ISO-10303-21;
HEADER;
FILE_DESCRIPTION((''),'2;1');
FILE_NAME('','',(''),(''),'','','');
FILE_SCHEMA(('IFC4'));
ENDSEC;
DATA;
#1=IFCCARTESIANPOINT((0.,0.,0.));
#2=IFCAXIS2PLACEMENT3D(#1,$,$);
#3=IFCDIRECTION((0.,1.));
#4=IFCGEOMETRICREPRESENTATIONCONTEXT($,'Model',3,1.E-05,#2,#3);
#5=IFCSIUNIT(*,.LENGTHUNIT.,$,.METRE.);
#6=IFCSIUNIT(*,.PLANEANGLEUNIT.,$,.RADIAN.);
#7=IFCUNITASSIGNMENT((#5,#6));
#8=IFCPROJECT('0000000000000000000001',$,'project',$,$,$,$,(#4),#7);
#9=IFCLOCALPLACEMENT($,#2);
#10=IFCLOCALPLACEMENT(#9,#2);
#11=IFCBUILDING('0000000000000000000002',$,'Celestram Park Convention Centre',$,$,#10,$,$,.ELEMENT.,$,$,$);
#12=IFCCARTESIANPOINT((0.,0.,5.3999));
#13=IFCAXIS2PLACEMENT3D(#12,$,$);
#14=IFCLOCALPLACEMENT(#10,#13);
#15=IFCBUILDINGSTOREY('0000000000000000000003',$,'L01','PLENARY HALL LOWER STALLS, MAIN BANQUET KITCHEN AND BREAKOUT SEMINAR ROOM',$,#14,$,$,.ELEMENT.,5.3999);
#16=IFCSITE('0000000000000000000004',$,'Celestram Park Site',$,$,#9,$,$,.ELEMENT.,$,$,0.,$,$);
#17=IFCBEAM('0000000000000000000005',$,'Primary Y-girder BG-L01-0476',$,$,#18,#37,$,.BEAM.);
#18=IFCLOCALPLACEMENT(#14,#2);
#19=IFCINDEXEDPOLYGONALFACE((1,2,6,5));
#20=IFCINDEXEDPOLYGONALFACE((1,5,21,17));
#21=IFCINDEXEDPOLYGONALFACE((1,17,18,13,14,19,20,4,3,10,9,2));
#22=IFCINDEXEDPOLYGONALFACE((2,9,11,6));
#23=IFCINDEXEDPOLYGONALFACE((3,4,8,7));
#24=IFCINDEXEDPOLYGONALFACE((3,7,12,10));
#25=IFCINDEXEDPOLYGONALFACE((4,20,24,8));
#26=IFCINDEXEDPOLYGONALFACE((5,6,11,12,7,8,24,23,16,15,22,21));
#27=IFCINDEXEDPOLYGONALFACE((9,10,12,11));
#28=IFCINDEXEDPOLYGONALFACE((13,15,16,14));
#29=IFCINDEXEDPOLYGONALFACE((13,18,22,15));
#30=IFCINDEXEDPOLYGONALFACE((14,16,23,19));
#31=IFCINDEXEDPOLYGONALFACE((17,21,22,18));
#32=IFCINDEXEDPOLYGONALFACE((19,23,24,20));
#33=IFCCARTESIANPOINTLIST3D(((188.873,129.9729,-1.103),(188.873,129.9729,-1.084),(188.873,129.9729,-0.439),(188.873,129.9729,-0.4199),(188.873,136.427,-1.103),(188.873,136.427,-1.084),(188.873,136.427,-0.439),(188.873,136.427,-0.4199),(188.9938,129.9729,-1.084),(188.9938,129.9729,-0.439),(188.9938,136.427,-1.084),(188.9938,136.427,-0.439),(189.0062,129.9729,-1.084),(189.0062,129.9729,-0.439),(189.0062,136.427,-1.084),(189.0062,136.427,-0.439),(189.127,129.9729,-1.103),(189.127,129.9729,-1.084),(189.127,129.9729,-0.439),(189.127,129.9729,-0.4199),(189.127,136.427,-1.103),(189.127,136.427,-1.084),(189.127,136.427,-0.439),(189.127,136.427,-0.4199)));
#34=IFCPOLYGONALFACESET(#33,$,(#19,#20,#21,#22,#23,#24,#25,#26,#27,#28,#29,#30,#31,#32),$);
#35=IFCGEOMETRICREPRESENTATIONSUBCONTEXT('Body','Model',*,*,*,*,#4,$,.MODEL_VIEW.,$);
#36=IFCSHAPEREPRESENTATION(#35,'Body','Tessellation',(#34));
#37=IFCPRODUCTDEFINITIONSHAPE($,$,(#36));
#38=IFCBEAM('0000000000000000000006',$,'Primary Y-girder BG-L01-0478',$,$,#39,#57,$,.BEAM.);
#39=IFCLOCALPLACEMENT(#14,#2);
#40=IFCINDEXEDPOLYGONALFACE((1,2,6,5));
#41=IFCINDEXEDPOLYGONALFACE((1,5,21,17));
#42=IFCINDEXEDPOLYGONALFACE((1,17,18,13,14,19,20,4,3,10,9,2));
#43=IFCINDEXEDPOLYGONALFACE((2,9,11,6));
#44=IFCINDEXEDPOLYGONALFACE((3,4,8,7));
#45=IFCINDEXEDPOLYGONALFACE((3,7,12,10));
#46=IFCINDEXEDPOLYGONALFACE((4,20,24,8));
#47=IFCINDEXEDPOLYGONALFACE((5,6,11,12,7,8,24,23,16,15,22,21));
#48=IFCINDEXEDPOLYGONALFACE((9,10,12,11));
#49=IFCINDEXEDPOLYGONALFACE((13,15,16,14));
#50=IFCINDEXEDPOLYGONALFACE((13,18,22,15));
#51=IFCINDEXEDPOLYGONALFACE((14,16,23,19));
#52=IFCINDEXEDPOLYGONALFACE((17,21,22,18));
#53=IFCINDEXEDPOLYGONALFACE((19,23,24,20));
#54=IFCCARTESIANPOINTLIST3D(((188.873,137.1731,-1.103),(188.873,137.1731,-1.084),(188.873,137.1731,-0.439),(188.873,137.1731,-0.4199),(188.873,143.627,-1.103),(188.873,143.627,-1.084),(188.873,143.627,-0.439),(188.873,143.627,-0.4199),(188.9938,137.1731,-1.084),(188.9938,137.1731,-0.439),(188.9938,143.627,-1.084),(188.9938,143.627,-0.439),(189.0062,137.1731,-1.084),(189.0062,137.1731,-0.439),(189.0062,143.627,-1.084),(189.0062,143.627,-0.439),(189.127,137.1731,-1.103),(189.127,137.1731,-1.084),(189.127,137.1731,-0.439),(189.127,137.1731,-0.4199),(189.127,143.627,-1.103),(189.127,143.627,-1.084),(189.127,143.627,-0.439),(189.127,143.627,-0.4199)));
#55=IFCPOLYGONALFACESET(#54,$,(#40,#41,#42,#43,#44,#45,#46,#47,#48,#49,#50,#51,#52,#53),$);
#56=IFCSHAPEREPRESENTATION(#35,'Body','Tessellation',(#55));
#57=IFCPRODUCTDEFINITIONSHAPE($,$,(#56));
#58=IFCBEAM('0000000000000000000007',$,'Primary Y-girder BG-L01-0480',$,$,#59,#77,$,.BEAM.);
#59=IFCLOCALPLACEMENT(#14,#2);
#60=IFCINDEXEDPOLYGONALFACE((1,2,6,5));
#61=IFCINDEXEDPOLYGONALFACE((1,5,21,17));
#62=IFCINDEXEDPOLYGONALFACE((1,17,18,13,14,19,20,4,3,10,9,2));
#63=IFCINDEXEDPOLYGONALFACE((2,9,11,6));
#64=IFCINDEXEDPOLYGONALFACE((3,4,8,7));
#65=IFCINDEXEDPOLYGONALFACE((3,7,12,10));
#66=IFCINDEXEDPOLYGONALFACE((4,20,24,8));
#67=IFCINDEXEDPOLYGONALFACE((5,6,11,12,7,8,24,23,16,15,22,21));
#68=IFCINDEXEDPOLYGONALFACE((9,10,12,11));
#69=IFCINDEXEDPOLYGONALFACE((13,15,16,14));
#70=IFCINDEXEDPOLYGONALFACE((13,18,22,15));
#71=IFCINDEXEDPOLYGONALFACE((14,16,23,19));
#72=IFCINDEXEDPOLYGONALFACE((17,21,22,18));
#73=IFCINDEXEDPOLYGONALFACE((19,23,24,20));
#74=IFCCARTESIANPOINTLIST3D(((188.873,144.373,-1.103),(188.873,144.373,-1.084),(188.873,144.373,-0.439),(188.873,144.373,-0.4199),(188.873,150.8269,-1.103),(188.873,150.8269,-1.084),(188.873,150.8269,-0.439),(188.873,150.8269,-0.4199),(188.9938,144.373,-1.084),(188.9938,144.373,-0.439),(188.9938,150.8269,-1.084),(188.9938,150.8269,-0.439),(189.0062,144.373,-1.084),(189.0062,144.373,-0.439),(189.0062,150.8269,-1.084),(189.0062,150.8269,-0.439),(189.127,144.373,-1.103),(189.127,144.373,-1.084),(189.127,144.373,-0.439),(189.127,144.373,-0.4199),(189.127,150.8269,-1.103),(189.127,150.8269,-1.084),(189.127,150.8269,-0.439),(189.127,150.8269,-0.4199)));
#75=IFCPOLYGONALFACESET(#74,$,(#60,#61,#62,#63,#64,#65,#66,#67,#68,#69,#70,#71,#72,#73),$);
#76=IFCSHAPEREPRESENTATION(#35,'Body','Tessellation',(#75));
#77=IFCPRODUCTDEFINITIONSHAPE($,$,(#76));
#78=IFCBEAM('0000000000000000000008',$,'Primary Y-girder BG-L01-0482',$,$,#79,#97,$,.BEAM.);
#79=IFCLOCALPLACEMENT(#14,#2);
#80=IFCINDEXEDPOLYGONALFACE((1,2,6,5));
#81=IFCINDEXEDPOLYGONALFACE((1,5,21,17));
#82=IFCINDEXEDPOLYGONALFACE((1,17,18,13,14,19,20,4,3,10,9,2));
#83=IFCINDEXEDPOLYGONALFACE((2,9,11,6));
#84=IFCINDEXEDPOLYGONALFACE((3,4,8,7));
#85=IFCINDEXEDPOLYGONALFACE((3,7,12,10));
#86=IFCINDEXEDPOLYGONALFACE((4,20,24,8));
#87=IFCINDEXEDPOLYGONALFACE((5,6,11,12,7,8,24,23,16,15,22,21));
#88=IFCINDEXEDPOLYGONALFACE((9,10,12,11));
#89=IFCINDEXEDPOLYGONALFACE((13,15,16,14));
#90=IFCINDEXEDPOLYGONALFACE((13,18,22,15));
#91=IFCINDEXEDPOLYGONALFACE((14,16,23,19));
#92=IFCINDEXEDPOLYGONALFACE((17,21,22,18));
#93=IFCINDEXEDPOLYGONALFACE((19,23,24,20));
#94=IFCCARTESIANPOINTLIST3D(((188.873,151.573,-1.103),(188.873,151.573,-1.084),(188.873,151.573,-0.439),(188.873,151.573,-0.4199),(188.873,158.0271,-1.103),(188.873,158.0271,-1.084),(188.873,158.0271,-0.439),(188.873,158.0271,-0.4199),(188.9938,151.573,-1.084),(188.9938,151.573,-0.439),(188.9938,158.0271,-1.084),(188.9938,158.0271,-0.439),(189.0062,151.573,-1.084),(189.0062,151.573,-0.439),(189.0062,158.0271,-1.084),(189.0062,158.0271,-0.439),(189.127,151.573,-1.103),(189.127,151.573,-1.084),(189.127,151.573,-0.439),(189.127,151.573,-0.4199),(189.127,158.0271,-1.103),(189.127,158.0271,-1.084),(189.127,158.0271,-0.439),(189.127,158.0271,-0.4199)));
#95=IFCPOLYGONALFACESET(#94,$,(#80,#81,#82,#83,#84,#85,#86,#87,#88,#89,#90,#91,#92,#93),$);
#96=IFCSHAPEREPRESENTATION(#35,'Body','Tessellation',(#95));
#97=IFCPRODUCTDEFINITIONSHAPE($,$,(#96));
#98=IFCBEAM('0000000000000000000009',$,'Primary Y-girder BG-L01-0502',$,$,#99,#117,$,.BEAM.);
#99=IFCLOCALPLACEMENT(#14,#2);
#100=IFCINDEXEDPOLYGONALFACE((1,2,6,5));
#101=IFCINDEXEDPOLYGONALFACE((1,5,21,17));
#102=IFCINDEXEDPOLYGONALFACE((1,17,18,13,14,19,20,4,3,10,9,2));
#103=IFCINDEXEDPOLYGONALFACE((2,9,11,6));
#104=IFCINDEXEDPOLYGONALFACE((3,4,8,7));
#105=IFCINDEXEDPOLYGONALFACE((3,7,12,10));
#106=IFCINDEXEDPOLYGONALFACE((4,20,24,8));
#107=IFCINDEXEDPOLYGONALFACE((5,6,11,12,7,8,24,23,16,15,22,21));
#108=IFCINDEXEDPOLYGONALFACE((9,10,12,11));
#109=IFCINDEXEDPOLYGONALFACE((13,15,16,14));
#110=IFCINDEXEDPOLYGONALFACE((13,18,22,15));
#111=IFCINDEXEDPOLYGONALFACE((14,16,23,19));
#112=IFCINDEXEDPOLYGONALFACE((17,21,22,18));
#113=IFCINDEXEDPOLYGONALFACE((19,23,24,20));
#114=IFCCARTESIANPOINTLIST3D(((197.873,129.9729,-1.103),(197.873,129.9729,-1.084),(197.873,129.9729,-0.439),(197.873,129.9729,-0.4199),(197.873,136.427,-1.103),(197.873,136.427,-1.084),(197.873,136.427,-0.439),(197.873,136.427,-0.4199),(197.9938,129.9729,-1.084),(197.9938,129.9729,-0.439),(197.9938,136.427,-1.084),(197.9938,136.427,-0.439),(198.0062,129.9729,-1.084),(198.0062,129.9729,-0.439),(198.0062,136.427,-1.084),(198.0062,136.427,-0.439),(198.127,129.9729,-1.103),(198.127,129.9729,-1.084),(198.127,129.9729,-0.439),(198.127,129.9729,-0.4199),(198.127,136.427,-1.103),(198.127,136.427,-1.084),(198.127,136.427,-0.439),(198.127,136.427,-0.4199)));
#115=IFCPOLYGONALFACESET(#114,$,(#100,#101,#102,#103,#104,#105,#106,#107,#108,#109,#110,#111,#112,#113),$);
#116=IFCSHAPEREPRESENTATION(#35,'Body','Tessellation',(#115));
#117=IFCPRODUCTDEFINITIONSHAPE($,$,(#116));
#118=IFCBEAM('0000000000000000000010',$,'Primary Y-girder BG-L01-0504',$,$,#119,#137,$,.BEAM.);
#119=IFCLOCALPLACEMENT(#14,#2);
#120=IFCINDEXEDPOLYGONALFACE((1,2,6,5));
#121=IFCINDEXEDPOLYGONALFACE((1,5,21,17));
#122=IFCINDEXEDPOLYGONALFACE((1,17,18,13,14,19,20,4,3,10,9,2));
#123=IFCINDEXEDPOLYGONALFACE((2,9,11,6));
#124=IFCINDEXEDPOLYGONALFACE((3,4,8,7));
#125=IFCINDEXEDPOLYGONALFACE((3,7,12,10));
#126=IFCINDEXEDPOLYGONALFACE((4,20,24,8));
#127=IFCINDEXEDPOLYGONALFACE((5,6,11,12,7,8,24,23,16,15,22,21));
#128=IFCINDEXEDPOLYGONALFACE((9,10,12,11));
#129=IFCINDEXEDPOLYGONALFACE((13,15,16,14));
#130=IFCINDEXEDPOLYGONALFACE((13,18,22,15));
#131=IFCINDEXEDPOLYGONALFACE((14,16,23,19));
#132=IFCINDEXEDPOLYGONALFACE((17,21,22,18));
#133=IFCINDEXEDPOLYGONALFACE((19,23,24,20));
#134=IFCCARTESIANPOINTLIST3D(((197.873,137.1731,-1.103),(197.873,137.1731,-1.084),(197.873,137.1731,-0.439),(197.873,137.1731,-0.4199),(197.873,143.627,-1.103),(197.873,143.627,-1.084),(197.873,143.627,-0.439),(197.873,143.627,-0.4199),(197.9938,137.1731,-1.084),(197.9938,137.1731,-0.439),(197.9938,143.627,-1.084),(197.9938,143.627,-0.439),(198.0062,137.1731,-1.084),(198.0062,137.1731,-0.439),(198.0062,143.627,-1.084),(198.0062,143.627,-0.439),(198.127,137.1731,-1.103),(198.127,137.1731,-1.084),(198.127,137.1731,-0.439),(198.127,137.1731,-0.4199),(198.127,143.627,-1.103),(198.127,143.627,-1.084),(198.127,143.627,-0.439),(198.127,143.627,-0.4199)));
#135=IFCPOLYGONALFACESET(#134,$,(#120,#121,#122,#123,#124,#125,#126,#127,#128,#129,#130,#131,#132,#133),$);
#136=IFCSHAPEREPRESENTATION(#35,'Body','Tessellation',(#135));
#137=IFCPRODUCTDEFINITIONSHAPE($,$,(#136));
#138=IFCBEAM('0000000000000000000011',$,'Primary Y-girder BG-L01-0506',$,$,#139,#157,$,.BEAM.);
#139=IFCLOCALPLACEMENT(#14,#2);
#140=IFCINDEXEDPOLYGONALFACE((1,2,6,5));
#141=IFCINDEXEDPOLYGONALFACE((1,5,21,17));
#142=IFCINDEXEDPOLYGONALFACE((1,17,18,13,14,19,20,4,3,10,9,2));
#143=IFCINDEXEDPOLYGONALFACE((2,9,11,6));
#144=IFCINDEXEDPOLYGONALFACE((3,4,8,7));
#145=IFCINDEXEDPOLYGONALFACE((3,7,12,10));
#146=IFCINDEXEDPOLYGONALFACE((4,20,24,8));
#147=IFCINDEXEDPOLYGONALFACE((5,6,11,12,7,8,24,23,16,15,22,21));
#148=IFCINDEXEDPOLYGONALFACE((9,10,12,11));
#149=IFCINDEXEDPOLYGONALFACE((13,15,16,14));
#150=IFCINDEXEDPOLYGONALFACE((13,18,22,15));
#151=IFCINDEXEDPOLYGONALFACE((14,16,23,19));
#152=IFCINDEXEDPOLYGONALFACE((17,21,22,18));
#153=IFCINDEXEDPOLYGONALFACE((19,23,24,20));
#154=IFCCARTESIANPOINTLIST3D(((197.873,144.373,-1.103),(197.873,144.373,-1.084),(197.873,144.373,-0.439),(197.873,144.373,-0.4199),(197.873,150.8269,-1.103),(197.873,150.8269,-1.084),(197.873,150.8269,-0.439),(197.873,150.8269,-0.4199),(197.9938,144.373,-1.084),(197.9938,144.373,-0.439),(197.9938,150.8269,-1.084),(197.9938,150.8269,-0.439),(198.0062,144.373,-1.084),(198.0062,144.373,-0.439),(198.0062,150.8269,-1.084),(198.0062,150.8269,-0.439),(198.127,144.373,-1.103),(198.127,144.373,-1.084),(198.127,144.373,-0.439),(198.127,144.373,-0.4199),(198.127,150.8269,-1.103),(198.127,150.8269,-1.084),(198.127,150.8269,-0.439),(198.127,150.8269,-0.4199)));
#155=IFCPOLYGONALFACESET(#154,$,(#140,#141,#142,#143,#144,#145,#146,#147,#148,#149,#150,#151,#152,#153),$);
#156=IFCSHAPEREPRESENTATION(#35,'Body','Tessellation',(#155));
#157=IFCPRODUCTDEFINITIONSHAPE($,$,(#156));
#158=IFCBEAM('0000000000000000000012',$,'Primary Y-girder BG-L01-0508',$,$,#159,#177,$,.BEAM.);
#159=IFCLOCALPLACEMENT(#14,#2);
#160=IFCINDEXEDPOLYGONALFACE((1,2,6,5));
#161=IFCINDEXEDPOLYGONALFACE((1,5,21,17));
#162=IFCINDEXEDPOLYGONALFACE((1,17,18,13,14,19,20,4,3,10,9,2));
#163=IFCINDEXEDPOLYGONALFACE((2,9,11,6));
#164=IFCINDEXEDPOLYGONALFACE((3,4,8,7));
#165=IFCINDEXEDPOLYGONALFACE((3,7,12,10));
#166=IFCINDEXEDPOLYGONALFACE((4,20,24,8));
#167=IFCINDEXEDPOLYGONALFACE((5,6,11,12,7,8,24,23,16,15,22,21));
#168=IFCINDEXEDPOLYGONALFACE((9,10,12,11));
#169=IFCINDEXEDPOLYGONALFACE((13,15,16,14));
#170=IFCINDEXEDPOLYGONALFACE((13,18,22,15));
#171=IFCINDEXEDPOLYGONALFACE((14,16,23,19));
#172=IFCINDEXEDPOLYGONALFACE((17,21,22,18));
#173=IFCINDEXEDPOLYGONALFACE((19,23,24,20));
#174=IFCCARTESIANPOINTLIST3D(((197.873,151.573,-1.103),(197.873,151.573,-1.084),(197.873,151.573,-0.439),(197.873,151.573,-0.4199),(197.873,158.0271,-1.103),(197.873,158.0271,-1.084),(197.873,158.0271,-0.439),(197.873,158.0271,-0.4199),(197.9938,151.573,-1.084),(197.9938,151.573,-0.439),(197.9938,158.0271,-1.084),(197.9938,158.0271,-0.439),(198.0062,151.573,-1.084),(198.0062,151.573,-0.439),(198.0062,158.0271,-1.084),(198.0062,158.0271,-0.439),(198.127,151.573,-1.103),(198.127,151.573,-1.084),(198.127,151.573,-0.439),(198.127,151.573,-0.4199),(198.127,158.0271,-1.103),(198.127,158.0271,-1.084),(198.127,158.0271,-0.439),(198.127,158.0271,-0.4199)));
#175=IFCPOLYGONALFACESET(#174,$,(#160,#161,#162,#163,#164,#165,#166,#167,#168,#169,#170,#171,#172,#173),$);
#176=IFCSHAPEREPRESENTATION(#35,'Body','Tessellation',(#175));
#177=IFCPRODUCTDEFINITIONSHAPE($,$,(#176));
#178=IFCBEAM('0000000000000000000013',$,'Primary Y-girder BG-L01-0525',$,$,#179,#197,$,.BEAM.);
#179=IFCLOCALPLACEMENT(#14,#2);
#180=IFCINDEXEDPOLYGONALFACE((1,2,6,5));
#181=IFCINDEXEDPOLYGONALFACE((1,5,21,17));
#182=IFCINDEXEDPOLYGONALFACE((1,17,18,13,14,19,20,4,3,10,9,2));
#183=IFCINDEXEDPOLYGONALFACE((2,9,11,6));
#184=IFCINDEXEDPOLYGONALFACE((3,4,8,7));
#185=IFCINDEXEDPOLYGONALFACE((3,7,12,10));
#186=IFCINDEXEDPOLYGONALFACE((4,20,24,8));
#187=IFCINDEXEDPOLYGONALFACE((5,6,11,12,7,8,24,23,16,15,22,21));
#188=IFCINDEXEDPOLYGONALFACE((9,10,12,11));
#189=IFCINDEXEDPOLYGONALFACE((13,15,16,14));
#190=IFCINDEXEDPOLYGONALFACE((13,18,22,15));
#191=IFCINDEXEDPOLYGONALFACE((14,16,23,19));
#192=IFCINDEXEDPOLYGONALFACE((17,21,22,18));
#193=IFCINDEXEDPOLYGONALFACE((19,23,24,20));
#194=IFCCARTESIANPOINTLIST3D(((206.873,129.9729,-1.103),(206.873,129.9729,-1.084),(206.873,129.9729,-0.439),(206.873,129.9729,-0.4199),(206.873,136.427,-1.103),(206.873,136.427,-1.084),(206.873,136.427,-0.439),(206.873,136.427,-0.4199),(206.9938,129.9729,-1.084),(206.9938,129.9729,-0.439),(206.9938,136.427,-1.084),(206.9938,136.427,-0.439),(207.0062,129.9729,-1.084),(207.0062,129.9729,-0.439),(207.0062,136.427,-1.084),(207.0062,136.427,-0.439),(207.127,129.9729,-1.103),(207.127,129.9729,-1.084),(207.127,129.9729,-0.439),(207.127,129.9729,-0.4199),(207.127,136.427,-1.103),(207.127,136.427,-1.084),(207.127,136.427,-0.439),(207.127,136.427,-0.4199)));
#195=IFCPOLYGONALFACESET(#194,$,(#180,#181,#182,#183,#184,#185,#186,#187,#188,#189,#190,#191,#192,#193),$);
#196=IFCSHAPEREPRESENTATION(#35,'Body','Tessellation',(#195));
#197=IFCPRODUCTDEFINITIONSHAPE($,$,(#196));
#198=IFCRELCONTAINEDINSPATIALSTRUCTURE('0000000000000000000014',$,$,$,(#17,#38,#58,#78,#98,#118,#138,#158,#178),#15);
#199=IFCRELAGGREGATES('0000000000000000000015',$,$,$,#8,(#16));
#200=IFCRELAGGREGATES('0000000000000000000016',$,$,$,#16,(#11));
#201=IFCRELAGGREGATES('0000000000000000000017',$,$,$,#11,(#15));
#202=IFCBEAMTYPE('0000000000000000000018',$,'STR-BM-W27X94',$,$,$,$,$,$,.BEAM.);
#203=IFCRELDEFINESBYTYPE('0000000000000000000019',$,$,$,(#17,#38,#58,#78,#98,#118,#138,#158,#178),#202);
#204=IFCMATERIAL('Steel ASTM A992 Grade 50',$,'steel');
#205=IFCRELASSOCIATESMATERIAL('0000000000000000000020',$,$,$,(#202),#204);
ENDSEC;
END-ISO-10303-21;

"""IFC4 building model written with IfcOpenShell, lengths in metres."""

from ifc_helpers import new_model, si_unit, direction, frame, origin, origin_2d, place, context, subcontext, project, spatial, i_section, extrude, material, material_profile, profile_set, type_object, element, save


model = new_model("IFC4")

# Units and contexts
model_context = context("Model", 3, precision=1e-05, world=origin(), true_north=direction((0.0, 1.0)))
body_context = subcontext(model_context, "Body", "Model", "MODEL_VIEW")
ifc_project = project(units=[si_unit("LENGTHUNIT", "METRE"), si_unit("PLANEANGLEUNIT", "RADIAN")], contexts=[model_context])

# Site, building, storey
site_placement = place(None, origin())
site = spatial("IfcSite", under=ifc_project, at=site_placement, Name="Celestram Park Site", CompositionType="ELEMENT", RefElevation=0.0)
building_placement = place(site_placement, origin())
building = spatial("IfcBuilding", under=site, at=building_placement, Name="Celestram Park Convention Centre", CompositionType="ELEMENT")
storey_placement = place(building_placement, frame((0.0, 0.0, 5.3999)))
storey = spatial("IfcBuildingStorey", under=building, at=storey_placement, Name="L01", Description="PLENARY HALL LOWER STALLS, MAIN BANQUET KITCHEN AND BREAKOUT SEMINAR ROOM", CompositionType="ELEMENT", Elevation=5.3999)

# Beams
ifc_material_1 = material(Name="Steel ASTM A992 Grade 50", Category="steel")
ifc_material_profile_1 = material_profile(ifc_material_1, i_section(OverallWidth=0.2539, OverallDepth=0.6831, WebThickness=0.0125, FlangeThickness=0.019, at=origin_2d()), Name="W27X94")
ifc_profile_set_1 = profile_set([ifc_material_profile_1], Name="Steel ASTM A992 Grade 50")
beam_type_1 = type_object("IfcBeamType", Name="STR-BM-W27X94", PredefinedType="BEAM", material=ifc_profile_set_1)
beam_placement = place(storey_placement, frame((189.0, 129.9729, -0.7615), z_axis=(0.0, 1.0, 0.0), x_axis=(-1.0, 0.0, 0.0)))
element("IfcBeam", 1, at=beam_placement, inside=storey, type_object=beam_type_1, Name="Primary Y-girder BG-L01-0476", PredefinedType="BEAM", context=body_context, shape_type="SweptSolid", body=[
    extrude(i_section(OverallWidth=0.2539, OverallDepth=0.6831, WebThickness=0.0125, FlangeThickness=0.019, at=origin_2d()), origin(), (0.0, 0.0, 1.0), 6.4541),
])
for number, where, z_axis, x_axis, name in (
    (2, (189.0, 137.1731, -0.7615), (0.0, 1.0, 0.0), (-1.0, 0.0, 0.0), "Primary Y-girder BG-L01-0478"),
    (3, (189.0, 144.373, -0.7615), (0.0, 1.0, 0.0), (-1.0, 0.0, 0.0), "Primary Y-girder BG-L01-0480"),
):
    element("IfcBeam", number, at=place(storey_placement, frame(where, z_axis=z_axis, x_axis=x_axis)), inside=storey, type_object=beam_type_1, Name=name, PredefinedType="BEAM", context=body_context, shape_type="SweptSolid", body=[
        extrude(i_section(OverallWidth=0.2539, OverallDepth=0.6831, WebThickness=0.0125, FlangeThickness=0.019, at=origin_2d()), origin(), (0.0, 0.0, 1.0), 6.4539),
    ])
for number, where, z_axis, x_axis, name in (
    (4, (189.0, 151.573, -0.7615), (0.0, 1.0, 0.0), (-1.0, 0.0, 0.0), "Primary Y-girder BG-L01-0482"),
    (5, (198.0, 129.9729, -0.7615), (0.0, 1.0, 0.0), (-1.0, 0.0, 0.0), "Primary Y-girder BG-L01-0502"),
):
    element("IfcBeam", number, at=place(storey_placement, frame(where, z_axis=z_axis, x_axis=x_axis)), inside=storey, type_object=beam_type_1, Name=name, PredefinedType="BEAM", context=body_context, shape_type="SweptSolid", body=[
        extrude(i_section(OverallWidth=0.2539, OverallDepth=0.6831, WebThickness=0.0125, FlangeThickness=0.019, at=origin_2d()), origin(), (0.0, 0.0, 1.0), 6.4541),
    ])
for number, where, z_axis, x_axis, name in (
    (6, (198.0, 137.1731, -0.7615), (0.0, 1.0, 0.0), (-1.0, 0.0, 0.0), "Primary Y-girder BG-L01-0504"),
    (7, (198.0, 144.373, -0.7615), (0.0, 1.0, 0.0), (-1.0, 0.0, 0.0), "Primary Y-girder BG-L01-0506"),
):
    element("IfcBeam", number, at=place(storey_placement, frame(where, z_axis=z_axis, x_axis=x_axis)), inside=storey, type_object=beam_type_1, Name=name, PredefinedType="BEAM", context=body_context, shape_type="SweptSolid", body=[
        extrude(i_section(OverallWidth=0.2539, OverallDepth=0.6831, WebThickness=0.0125, FlangeThickness=0.019, at=origin_2d()), origin(), (0.0, 0.0, 1.0), 6.4539),
    ])
for number, where, z_axis, x_axis, name in (
    (8, (198.0, 151.573, -0.7615), (0.0, 1.0, 0.0), (-1.0, 0.0, 0.0), "Primary Y-girder BG-L01-0508"),
    (9, (207.0, 129.9729, -0.7615), (0.0, 1.0, 0.0), (-1.0, 0.0, 0.0), "Primary Y-girder BG-L01-0525"),
):
    element("IfcBeam", number, at=place(storey_placement, frame(where, z_axis=z_axis, x_axis=x_axis)), inside=storey, type_object=beam_type_1, Name=name, PredefinedType="BEAM", context=body_context, shape_type="SweptSolid", body=[
        extrude(i_section(OverallWidth=0.2539, OverallDepth=0.6831, WebThickness=0.0125, FlangeThickness=0.019, at=origin_2d()), origin(), (0.0, 0.0, 1.0), 6.4541),
    ])

save(model, "model.ifc")
